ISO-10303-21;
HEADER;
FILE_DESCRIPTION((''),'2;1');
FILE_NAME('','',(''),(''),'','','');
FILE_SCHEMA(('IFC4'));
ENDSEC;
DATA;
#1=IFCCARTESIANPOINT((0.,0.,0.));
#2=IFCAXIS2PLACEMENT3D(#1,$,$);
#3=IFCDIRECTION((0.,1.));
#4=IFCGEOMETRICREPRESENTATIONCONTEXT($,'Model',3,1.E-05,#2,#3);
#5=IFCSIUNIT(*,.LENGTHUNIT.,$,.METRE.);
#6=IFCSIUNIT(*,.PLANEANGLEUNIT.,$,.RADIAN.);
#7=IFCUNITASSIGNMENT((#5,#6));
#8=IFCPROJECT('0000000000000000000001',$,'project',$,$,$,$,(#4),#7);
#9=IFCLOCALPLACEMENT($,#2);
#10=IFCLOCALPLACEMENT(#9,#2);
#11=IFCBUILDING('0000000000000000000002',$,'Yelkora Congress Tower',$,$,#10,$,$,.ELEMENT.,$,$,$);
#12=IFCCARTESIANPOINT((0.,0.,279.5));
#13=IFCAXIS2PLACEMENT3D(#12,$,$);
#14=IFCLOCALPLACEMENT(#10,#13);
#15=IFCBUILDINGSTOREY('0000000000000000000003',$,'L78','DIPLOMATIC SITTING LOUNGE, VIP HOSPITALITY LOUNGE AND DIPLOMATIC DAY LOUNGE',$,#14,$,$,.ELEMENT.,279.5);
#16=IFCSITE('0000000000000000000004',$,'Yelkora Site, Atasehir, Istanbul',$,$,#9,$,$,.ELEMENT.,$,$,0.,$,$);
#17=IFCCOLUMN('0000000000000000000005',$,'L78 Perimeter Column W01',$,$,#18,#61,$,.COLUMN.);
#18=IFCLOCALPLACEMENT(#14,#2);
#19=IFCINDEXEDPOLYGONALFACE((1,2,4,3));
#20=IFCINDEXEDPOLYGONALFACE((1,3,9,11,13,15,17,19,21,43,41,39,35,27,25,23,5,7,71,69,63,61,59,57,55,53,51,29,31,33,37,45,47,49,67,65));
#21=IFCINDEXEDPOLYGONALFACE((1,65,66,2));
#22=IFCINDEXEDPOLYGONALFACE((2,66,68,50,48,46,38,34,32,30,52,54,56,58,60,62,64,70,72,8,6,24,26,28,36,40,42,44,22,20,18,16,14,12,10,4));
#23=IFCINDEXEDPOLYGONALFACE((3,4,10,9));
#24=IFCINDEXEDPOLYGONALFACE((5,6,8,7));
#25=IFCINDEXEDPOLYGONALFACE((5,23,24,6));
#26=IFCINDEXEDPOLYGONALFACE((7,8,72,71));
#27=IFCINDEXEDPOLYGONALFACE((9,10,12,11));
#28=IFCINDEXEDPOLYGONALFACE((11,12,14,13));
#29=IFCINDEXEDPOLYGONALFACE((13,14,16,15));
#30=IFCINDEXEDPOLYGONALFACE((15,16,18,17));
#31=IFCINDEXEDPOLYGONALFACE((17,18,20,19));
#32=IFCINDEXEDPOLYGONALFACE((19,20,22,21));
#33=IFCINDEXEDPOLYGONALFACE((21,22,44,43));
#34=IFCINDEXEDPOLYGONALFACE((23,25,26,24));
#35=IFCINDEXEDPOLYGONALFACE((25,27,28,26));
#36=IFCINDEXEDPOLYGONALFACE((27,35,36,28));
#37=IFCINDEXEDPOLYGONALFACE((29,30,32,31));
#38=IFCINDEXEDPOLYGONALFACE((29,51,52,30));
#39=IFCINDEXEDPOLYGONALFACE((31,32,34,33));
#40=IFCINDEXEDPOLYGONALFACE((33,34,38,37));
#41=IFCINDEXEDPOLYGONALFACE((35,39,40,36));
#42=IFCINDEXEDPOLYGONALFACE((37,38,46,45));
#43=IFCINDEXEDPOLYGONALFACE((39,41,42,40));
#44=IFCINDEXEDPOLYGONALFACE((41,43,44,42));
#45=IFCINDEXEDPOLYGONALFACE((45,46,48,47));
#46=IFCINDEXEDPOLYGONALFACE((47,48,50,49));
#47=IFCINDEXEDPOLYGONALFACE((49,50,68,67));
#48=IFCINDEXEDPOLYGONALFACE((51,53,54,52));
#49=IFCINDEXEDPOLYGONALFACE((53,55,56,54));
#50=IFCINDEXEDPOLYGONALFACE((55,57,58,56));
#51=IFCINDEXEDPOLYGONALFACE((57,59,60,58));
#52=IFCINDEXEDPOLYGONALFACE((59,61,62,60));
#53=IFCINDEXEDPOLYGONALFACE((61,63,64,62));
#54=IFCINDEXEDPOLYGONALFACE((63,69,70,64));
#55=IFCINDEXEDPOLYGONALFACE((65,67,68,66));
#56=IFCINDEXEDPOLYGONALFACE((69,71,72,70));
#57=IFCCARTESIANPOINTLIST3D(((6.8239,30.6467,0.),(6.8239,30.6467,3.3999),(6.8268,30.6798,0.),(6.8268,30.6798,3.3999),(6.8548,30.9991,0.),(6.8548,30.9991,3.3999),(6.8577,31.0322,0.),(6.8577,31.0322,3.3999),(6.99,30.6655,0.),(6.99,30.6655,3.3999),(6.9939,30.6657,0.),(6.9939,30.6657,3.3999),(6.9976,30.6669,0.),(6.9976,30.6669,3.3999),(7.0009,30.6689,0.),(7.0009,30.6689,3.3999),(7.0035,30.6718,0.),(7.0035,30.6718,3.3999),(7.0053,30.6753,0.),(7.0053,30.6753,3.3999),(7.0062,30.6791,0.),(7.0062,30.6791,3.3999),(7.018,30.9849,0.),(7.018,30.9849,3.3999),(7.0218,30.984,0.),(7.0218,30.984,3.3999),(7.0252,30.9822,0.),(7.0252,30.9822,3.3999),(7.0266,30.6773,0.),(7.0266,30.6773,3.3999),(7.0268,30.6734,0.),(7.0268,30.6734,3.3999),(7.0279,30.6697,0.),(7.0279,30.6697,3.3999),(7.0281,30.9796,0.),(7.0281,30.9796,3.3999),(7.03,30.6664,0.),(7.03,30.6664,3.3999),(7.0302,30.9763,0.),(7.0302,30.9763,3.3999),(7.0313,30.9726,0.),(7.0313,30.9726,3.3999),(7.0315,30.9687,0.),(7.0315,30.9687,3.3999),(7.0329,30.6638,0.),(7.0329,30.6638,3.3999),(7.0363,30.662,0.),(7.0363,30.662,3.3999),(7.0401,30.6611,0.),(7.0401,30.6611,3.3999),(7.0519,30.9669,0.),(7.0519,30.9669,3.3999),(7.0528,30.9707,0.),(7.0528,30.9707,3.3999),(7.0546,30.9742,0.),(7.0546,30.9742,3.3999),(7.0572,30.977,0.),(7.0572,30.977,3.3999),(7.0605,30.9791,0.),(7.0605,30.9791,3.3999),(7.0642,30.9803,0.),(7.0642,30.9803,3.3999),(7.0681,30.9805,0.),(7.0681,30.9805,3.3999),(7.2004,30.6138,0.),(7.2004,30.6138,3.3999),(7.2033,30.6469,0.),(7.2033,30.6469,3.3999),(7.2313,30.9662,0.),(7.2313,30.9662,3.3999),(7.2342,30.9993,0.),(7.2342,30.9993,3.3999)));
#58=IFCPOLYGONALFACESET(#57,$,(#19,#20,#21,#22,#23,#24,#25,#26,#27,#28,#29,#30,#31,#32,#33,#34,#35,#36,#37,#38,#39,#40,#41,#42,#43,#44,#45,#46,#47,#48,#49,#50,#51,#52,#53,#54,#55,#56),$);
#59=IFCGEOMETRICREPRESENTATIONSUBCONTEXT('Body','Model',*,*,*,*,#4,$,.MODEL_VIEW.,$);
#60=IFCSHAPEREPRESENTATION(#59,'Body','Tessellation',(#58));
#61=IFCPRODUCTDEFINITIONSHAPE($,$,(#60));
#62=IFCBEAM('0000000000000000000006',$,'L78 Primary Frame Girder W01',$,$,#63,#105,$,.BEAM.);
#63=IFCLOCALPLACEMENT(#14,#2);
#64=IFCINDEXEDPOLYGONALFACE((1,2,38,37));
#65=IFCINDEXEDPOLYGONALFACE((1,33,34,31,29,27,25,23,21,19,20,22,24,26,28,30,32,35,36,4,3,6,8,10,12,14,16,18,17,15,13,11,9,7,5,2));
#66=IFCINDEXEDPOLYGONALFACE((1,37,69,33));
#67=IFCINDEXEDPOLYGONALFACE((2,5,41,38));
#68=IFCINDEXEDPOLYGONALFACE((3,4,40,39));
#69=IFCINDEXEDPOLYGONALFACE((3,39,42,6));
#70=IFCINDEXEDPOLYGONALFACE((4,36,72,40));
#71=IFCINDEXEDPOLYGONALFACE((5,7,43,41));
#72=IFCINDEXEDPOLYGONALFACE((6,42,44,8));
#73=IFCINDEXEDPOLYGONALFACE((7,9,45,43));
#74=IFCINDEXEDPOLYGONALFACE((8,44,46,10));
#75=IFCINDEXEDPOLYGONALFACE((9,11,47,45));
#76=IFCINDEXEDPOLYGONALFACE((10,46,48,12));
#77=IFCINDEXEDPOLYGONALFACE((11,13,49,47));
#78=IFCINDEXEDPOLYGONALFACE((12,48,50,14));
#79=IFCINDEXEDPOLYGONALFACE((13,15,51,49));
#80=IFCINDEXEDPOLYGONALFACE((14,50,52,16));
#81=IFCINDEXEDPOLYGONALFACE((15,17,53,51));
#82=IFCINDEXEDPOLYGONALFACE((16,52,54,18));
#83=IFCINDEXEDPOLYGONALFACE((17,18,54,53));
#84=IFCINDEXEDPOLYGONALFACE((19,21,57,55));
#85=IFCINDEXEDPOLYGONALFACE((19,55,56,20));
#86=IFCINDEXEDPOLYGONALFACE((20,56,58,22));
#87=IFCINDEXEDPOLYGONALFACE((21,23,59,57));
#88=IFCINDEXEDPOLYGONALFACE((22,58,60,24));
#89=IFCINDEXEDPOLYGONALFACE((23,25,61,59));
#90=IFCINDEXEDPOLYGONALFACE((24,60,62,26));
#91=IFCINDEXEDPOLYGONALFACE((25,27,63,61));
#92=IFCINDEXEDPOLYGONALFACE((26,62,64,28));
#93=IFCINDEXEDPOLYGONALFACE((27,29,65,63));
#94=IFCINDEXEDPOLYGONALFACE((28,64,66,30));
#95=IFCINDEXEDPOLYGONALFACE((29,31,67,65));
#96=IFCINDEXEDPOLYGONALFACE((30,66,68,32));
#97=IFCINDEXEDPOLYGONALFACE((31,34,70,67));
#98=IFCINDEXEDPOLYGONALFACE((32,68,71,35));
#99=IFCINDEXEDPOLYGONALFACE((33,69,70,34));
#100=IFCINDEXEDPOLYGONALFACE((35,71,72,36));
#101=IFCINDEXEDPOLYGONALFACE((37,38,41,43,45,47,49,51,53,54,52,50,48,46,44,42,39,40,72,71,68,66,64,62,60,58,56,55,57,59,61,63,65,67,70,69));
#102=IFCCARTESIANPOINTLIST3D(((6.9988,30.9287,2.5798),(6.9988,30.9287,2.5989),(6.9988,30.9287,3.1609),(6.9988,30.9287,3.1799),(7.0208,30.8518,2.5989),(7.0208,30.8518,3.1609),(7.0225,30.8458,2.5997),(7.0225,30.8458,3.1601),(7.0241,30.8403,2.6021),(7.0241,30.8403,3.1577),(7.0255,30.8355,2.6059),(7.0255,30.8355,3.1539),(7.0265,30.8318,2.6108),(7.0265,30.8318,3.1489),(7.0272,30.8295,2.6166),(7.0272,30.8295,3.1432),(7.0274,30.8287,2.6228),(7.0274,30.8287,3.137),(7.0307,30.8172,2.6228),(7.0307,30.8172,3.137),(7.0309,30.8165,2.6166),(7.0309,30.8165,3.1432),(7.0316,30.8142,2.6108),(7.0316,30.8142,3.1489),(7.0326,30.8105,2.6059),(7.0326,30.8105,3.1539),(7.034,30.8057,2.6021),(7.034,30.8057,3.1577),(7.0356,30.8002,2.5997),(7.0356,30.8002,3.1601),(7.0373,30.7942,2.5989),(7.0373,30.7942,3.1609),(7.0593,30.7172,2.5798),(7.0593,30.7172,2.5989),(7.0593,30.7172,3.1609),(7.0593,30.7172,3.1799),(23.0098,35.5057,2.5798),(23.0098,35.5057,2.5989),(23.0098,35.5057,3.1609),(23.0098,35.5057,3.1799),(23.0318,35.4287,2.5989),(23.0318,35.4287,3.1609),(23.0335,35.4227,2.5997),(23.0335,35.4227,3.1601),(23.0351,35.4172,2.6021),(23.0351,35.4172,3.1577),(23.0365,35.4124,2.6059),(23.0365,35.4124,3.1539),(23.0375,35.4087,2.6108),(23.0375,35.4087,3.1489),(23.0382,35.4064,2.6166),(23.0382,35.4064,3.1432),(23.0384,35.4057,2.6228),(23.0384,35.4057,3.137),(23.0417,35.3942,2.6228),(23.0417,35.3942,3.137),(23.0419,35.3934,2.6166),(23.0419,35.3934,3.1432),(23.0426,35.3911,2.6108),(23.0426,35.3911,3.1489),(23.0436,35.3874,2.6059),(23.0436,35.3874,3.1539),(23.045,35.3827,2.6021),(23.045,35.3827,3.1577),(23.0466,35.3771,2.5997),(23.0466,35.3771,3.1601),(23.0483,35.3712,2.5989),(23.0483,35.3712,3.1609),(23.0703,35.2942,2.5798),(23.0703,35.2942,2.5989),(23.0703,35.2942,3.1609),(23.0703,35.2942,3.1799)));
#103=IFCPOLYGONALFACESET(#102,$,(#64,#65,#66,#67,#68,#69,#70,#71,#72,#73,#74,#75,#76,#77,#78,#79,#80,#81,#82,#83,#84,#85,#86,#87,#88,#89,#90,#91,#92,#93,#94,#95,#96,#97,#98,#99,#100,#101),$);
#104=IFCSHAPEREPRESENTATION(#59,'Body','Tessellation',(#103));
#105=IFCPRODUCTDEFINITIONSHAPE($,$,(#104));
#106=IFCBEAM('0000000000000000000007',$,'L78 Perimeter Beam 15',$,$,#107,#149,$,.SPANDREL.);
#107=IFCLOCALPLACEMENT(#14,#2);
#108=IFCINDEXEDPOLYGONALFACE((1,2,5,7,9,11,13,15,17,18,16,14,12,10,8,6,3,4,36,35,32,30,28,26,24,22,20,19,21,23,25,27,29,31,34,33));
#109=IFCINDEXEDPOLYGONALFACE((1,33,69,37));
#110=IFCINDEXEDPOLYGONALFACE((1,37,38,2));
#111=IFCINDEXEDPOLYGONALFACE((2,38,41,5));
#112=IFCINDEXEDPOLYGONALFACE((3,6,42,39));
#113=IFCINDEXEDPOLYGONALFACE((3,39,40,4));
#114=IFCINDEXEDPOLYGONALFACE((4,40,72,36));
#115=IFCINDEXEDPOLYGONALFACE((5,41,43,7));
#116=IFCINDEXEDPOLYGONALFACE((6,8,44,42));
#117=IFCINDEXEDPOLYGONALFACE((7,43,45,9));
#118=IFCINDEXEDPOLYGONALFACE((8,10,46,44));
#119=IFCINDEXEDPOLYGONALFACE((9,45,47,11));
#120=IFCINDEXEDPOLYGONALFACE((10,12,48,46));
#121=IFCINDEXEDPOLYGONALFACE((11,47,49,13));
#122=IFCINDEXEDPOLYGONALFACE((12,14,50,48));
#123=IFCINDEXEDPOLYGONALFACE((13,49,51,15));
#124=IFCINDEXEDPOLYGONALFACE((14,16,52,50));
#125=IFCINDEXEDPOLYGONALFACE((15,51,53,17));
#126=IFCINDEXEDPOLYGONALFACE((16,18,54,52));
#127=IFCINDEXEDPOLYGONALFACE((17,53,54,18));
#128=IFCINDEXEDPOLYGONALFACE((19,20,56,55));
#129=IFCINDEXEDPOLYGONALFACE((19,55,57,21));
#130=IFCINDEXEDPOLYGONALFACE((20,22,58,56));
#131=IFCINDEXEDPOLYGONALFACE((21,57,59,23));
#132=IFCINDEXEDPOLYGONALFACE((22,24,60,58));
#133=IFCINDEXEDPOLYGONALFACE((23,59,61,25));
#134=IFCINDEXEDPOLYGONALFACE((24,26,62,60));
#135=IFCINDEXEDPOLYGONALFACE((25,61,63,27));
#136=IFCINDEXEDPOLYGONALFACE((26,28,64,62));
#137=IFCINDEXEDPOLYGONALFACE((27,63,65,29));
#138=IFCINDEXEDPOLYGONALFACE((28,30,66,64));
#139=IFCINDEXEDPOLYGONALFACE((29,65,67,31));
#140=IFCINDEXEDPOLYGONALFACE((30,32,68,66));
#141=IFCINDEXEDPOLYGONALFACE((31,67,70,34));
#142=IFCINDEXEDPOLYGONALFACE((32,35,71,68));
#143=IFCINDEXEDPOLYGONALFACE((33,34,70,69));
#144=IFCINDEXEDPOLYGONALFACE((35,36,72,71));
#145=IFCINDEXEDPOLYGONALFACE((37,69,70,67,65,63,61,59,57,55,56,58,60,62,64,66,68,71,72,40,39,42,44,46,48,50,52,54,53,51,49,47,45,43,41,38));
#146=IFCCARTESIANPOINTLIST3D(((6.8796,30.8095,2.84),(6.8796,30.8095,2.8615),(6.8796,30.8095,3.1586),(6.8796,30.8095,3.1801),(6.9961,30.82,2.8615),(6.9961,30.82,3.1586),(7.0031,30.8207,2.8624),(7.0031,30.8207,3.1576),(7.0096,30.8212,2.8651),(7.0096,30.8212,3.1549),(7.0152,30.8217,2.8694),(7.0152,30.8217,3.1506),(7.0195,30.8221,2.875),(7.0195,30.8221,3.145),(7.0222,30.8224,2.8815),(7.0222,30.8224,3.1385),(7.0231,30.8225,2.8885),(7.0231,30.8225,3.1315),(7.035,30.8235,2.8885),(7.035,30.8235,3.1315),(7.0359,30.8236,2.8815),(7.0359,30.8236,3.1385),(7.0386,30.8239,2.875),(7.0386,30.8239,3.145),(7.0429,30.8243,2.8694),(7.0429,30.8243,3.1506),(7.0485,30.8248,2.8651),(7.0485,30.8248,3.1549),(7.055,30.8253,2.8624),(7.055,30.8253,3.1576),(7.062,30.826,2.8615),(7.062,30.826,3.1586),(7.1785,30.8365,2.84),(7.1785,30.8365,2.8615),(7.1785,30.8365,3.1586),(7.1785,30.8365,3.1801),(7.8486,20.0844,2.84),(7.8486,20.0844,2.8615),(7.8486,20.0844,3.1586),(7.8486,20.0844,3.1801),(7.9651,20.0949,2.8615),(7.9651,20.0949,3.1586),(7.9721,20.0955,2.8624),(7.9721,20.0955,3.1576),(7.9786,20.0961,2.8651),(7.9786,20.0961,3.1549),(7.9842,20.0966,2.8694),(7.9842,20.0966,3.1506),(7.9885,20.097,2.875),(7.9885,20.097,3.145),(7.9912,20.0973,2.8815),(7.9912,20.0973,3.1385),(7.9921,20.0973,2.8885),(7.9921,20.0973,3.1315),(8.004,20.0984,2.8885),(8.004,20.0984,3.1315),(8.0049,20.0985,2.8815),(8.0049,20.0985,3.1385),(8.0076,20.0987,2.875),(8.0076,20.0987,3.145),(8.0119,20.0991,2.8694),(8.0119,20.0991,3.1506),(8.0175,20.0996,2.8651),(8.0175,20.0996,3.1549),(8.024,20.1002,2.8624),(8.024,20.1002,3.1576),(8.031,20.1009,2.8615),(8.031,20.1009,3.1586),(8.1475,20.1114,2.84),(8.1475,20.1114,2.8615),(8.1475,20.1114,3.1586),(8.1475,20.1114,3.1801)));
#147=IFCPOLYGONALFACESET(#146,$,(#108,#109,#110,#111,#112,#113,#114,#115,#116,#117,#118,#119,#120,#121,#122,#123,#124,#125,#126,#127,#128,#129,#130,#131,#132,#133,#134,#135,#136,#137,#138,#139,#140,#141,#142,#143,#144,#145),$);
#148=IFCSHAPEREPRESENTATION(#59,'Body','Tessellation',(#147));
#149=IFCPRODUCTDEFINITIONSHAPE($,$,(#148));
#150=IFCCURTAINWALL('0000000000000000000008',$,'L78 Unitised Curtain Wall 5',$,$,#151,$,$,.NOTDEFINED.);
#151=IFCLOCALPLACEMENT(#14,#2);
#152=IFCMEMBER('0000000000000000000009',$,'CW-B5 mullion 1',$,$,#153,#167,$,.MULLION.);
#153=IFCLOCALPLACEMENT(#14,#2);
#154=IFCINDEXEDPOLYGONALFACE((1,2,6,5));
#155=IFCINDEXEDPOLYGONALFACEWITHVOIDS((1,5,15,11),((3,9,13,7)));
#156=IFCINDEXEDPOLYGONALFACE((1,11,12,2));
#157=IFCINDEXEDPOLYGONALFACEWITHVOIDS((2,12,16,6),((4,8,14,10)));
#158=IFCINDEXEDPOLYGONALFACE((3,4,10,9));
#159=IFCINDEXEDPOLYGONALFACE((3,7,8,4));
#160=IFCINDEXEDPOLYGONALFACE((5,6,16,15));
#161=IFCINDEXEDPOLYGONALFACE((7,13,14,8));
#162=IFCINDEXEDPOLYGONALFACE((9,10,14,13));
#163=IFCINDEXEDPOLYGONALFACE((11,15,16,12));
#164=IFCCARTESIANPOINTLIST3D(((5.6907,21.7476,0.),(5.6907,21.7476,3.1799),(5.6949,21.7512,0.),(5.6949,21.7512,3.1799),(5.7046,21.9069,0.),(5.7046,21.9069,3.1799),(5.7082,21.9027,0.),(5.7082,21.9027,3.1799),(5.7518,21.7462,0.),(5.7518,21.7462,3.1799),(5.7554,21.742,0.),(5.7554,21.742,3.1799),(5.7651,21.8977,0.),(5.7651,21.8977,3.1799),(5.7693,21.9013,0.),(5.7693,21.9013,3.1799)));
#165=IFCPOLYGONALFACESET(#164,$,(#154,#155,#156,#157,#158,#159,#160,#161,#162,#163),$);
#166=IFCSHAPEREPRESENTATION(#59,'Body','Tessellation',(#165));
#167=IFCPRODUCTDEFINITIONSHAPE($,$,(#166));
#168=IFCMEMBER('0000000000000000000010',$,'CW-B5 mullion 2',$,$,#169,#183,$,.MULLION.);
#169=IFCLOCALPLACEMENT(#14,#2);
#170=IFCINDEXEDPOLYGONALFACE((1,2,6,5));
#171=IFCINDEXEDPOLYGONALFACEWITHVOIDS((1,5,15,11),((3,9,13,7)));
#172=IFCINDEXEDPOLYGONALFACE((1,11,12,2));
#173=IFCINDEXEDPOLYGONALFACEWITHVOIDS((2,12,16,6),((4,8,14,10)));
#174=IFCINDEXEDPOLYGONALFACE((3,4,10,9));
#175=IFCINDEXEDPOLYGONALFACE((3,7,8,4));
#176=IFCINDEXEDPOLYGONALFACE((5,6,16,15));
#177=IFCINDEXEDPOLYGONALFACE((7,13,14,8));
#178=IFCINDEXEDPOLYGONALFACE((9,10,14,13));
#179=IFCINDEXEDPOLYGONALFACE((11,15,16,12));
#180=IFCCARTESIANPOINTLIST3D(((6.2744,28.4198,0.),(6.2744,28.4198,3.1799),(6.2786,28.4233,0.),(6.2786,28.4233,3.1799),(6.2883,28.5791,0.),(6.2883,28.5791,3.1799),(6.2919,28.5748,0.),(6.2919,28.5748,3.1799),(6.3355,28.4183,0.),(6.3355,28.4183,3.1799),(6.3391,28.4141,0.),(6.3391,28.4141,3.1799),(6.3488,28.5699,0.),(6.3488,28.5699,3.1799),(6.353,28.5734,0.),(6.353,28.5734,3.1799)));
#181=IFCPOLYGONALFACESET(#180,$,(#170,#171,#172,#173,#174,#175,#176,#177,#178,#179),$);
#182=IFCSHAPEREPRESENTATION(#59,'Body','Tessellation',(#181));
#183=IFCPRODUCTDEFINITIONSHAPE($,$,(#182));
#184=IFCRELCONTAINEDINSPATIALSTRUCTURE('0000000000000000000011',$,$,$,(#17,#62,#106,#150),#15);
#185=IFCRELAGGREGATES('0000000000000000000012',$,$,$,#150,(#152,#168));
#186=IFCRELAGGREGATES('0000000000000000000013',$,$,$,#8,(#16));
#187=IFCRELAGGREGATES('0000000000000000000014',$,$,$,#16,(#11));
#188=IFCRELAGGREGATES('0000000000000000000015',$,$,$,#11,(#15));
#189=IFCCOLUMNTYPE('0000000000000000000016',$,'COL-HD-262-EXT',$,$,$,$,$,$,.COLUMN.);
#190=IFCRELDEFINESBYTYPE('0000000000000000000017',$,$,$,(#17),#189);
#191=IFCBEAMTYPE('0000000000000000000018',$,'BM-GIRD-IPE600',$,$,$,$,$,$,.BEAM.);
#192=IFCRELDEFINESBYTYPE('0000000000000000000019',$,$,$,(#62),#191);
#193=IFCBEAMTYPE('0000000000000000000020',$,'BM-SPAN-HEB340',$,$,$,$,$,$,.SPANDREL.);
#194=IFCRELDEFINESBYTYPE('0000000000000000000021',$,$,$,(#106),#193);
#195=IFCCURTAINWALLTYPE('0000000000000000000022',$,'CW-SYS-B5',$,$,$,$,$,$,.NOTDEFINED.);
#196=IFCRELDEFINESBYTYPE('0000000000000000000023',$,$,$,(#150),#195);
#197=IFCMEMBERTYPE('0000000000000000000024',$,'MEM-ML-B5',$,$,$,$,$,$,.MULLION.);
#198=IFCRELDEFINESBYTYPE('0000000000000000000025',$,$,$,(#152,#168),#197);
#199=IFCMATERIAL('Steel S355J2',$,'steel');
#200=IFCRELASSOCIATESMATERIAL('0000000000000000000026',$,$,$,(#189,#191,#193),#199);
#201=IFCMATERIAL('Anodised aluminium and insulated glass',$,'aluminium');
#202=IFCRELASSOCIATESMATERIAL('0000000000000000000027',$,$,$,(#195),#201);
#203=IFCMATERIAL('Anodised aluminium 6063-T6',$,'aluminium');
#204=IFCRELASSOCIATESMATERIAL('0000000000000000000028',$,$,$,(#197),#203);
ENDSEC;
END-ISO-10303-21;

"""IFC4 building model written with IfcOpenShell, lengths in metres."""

from ifc_helpers import new_model, si_unit, direction, frame, origin, origin_2d, place, context, subcontext, project, spatial, hollow_rectangle, i_section, extrude, material, material_profile, profile_set, type_object, element, aggregate, save


model = new_model("IFC4")

# Units and contexts
model_context = context("Model", 3, precision=1e-05, world=origin(), true_north=direction((0.0, 1.0)))
body_context = subcontext(model_context, "Body", "Model", "MODEL_VIEW")
ifc_project = project(units=[si_unit("LENGTHUNIT", "METRE"), si_unit("PLANEANGLEUNIT", "RADIAN")], contexts=[model_context])

# Site, building, storey
site_placement = place(None, origin())
site = spatial("IfcSite", under=ifc_project, at=site_placement, Name="Yelkora Site, Atasehir, Istanbul", CompositionType="ELEMENT", RefElevation=0.0)
building_placement = place(site_placement, origin())
building = spatial("IfcBuilding", under=site, at=building_placement, Name="Yelkora Congress Tower", CompositionType="ELEMENT")
storey_placement = place(building_placement, frame((0.0, 0.0, 279.5)))
storey = spatial("IfcBuildingStorey", under=building, at=storey_placement, Name="L78", Description="DIPLOMATIC SITTING LOUNGE, VIP HOSPITALITY LOUNGE AND DIPLOMATIC DAY LOUNGE", CompositionType="ELEMENT", Elevation=279.5)

# Column
ifc_material_1 = material(Name="Steel S355J2", Category="steel")
ifc_material_profile_1 = material_profile(ifc_material_1, i_section(OverallWidth=0.3779, OverallDepth=0.387, WebThickness=0.0205, FlangeThickness=0.0332, FilletRadius=0.0149, at=origin_2d()), Name="HD 360x262")
ifc_profile_set_1 = profile_set([ifc_material_profile_1], Name="Steel S355J2")
column_type = type_object("IfcColumnType", Name="COL-HD-262-EXT", PredefinedType="COLUMN", material=ifc_profile_set_1)
column_placement = place(storey_placement, frame((7.0291, 30.823, 0.0), z_axis=(0.0, 0.0, 1.0), x_axis=(0.996195, -0.087156, 0.0)))
element("IfcColumn", 1, at=column_placement, inside=storey, type_object=column_type, Name="L78 Perimeter Column W01", PredefinedType="COLUMN", context=body_context, shape_type="SweptSolid", body=[
    extrude(i_section(OverallWidth=0.3779, OverallDepth=0.387, WebThickness=0.0205, FlangeThickness=0.0332, FilletRadius=0.0149, at=origin_2d()), origin(), (0.0, 0.0, 1.0), 3.3999),
])

# Beams
ifc_material_profile_2 = material_profile(ifc_material_1, i_section(OverallWidth=0.22, OverallDepth=0.6001, WebThickness=0.012, FlangeThickness=0.019, FilletRadius=0.0239, at=origin_2d()), Name="IPE 600")
ifc_profile_set_2 = profile_set([ifc_material_profile_2], Name="Steel S355J2")
beam_type_1 = type_object("IfcBeamType", Name="BM-GIRD-IPE600", PredefinedType="BEAM", material=ifc_profile_set_2)
beam_1_placement = place(storey_placement, frame((7.0291, 30.823, 2.8799), z_axis=(0.961487, 0.274851, 0.0), x_axis=(-0.274851, 0.961487, 0.0)))
element("IfcBeam", 2, at=beam_1_placement, inside=storey, type_object=beam_type_1, Name="L78 Primary Frame Girder W01", PredefinedType="BEAM", context=body_context, shape_type="SweptSolid", body=[
    extrude(i_section(OverallWidth=0.22, OverallDepth=0.6001, WebThickness=0.012, FlangeThickness=0.019, FilletRadius=0.0239, at=origin_2d()), origin(), (0.0, 0.0, 1.0), 16.6523),
])
ifc_material_profile_3 = material_profile(ifc_material_1, i_section(OverallWidth=0.3, OverallDepth=0.3401, WebThickness=0.012, FlangeThickness=0.0215, FilletRadius=0.0271, at=origin_2d()), Name="HEB 340")
ifc_profile_set_3 = profile_set([ifc_material_profile_3], Name="Steel S355J2")
beam_type_2 = type_object("IfcBeamType", Name="BM-SPAN-HEB340", PredefinedType="SPANDREL", material=ifc_profile_set_3)
beam_2_placement = place(storey_placement, frame((7.0291, 30.823, 3.01), z_axis=(0.089982, -0.995943, 0.0), x_axis=(0.995943, 0.089982, 0.0)))
element("IfcBeam", 3, at=beam_2_placement, inside=storey, type_object=beam_type_2, Name="L78 Perimeter Beam 15", PredefinedType="SPANDREL", context=body_context, shape_type="SweptSolid", body=[
    extrude(i_section(OverallWidth=0.3, OverallDepth=0.3401, WebThickness=0.012, FlangeThickness=0.0215, FilletRadius=0.0271, at=origin_2d()), origin(), (0.0, 0.0, 1.0), 10.7688),
])

# Curtain wall, members
ifc_material_2 = material(Name="Anodised aluminium and insulated glass", Category="aluminium")
curtain_wall_type = type_object("IfcCurtainWallType", Name="CW-SYS-B5", PredefinedType="NOTDEFINED", material=ifc_material_2)
curtain_wall_placement = place(storey_placement, origin())
curtain_wall = element("IfcCurtainWall", 4, at=curtain_wall_placement, inside=storey, type_object=curtain_wall_type, Name="L78 Unitised Curtain Wall 5", PredefinedType="NOTDEFINED")
ifc_material_3 = material(Name="Anodised aluminium 6063-T6", Category="aluminium")
ifc_material_profile_4 = material_profile(ifc_material_3, hollow_rectangle(XDim=0.0649, YDim=0.1599, WallThickness=0.0039, at=origin_2d()), Name="ALU 65x160x4")
ifc_profile_set_4 = profile_set([ifc_material_profile_4], Name="Anodised aluminium 6063-T6")
member_type_1 = type_object("IfcMemberType", Name="MEM-ML-B5", PredefinedType="MULLION", material=ifc_profile_set_4)
member_1_placement = place(storey_placement, frame((5.73, 21.8245, 0.0), z_axis=(0.0, 0.0, 1.0), x_axis=(-0.996195, 0.087155, 0.0)))
member_1 = element("IfcMember", 5, at=member_1_placement, type_object=member_type_1, Name="CW-B5 mullion 1", PredefinedType="MULLION", context=body_context, shape_type="SweptSolid", body=[
    extrude(hollow_rectangle(XDim=0.0649, YDim=0.1599, WallThickness=0.0039, at=origin_2d()), origin(), (0.0, 0.0, 1.0), 3.1799),
])
member_2_placement = place(storey_placement, frame((6.3137, 28.4966, 0.0), z_axis=(0.0, 0.0, 1.0), x_axis=(-0.996195, 0.087155, 0.0)))
member_2 = element("IfcMember", 6, at=member_2_placement, type_object=member_type_1, Name="CW-B5 mullion 2", PredefinedType="MULLION", context=body_context, shape_type="SweptSolid", body=[
    extrude(hollow_rectangle(XDim=0.0649, YDim=0.1599, WallThickness=0.0039, at=origin_2d()), origin(), (0.0, 0.0, 1.0), 3.1799),
])
aggregate(curtain_wall, [member_1, member_2])

save(model, "model.ifc")
